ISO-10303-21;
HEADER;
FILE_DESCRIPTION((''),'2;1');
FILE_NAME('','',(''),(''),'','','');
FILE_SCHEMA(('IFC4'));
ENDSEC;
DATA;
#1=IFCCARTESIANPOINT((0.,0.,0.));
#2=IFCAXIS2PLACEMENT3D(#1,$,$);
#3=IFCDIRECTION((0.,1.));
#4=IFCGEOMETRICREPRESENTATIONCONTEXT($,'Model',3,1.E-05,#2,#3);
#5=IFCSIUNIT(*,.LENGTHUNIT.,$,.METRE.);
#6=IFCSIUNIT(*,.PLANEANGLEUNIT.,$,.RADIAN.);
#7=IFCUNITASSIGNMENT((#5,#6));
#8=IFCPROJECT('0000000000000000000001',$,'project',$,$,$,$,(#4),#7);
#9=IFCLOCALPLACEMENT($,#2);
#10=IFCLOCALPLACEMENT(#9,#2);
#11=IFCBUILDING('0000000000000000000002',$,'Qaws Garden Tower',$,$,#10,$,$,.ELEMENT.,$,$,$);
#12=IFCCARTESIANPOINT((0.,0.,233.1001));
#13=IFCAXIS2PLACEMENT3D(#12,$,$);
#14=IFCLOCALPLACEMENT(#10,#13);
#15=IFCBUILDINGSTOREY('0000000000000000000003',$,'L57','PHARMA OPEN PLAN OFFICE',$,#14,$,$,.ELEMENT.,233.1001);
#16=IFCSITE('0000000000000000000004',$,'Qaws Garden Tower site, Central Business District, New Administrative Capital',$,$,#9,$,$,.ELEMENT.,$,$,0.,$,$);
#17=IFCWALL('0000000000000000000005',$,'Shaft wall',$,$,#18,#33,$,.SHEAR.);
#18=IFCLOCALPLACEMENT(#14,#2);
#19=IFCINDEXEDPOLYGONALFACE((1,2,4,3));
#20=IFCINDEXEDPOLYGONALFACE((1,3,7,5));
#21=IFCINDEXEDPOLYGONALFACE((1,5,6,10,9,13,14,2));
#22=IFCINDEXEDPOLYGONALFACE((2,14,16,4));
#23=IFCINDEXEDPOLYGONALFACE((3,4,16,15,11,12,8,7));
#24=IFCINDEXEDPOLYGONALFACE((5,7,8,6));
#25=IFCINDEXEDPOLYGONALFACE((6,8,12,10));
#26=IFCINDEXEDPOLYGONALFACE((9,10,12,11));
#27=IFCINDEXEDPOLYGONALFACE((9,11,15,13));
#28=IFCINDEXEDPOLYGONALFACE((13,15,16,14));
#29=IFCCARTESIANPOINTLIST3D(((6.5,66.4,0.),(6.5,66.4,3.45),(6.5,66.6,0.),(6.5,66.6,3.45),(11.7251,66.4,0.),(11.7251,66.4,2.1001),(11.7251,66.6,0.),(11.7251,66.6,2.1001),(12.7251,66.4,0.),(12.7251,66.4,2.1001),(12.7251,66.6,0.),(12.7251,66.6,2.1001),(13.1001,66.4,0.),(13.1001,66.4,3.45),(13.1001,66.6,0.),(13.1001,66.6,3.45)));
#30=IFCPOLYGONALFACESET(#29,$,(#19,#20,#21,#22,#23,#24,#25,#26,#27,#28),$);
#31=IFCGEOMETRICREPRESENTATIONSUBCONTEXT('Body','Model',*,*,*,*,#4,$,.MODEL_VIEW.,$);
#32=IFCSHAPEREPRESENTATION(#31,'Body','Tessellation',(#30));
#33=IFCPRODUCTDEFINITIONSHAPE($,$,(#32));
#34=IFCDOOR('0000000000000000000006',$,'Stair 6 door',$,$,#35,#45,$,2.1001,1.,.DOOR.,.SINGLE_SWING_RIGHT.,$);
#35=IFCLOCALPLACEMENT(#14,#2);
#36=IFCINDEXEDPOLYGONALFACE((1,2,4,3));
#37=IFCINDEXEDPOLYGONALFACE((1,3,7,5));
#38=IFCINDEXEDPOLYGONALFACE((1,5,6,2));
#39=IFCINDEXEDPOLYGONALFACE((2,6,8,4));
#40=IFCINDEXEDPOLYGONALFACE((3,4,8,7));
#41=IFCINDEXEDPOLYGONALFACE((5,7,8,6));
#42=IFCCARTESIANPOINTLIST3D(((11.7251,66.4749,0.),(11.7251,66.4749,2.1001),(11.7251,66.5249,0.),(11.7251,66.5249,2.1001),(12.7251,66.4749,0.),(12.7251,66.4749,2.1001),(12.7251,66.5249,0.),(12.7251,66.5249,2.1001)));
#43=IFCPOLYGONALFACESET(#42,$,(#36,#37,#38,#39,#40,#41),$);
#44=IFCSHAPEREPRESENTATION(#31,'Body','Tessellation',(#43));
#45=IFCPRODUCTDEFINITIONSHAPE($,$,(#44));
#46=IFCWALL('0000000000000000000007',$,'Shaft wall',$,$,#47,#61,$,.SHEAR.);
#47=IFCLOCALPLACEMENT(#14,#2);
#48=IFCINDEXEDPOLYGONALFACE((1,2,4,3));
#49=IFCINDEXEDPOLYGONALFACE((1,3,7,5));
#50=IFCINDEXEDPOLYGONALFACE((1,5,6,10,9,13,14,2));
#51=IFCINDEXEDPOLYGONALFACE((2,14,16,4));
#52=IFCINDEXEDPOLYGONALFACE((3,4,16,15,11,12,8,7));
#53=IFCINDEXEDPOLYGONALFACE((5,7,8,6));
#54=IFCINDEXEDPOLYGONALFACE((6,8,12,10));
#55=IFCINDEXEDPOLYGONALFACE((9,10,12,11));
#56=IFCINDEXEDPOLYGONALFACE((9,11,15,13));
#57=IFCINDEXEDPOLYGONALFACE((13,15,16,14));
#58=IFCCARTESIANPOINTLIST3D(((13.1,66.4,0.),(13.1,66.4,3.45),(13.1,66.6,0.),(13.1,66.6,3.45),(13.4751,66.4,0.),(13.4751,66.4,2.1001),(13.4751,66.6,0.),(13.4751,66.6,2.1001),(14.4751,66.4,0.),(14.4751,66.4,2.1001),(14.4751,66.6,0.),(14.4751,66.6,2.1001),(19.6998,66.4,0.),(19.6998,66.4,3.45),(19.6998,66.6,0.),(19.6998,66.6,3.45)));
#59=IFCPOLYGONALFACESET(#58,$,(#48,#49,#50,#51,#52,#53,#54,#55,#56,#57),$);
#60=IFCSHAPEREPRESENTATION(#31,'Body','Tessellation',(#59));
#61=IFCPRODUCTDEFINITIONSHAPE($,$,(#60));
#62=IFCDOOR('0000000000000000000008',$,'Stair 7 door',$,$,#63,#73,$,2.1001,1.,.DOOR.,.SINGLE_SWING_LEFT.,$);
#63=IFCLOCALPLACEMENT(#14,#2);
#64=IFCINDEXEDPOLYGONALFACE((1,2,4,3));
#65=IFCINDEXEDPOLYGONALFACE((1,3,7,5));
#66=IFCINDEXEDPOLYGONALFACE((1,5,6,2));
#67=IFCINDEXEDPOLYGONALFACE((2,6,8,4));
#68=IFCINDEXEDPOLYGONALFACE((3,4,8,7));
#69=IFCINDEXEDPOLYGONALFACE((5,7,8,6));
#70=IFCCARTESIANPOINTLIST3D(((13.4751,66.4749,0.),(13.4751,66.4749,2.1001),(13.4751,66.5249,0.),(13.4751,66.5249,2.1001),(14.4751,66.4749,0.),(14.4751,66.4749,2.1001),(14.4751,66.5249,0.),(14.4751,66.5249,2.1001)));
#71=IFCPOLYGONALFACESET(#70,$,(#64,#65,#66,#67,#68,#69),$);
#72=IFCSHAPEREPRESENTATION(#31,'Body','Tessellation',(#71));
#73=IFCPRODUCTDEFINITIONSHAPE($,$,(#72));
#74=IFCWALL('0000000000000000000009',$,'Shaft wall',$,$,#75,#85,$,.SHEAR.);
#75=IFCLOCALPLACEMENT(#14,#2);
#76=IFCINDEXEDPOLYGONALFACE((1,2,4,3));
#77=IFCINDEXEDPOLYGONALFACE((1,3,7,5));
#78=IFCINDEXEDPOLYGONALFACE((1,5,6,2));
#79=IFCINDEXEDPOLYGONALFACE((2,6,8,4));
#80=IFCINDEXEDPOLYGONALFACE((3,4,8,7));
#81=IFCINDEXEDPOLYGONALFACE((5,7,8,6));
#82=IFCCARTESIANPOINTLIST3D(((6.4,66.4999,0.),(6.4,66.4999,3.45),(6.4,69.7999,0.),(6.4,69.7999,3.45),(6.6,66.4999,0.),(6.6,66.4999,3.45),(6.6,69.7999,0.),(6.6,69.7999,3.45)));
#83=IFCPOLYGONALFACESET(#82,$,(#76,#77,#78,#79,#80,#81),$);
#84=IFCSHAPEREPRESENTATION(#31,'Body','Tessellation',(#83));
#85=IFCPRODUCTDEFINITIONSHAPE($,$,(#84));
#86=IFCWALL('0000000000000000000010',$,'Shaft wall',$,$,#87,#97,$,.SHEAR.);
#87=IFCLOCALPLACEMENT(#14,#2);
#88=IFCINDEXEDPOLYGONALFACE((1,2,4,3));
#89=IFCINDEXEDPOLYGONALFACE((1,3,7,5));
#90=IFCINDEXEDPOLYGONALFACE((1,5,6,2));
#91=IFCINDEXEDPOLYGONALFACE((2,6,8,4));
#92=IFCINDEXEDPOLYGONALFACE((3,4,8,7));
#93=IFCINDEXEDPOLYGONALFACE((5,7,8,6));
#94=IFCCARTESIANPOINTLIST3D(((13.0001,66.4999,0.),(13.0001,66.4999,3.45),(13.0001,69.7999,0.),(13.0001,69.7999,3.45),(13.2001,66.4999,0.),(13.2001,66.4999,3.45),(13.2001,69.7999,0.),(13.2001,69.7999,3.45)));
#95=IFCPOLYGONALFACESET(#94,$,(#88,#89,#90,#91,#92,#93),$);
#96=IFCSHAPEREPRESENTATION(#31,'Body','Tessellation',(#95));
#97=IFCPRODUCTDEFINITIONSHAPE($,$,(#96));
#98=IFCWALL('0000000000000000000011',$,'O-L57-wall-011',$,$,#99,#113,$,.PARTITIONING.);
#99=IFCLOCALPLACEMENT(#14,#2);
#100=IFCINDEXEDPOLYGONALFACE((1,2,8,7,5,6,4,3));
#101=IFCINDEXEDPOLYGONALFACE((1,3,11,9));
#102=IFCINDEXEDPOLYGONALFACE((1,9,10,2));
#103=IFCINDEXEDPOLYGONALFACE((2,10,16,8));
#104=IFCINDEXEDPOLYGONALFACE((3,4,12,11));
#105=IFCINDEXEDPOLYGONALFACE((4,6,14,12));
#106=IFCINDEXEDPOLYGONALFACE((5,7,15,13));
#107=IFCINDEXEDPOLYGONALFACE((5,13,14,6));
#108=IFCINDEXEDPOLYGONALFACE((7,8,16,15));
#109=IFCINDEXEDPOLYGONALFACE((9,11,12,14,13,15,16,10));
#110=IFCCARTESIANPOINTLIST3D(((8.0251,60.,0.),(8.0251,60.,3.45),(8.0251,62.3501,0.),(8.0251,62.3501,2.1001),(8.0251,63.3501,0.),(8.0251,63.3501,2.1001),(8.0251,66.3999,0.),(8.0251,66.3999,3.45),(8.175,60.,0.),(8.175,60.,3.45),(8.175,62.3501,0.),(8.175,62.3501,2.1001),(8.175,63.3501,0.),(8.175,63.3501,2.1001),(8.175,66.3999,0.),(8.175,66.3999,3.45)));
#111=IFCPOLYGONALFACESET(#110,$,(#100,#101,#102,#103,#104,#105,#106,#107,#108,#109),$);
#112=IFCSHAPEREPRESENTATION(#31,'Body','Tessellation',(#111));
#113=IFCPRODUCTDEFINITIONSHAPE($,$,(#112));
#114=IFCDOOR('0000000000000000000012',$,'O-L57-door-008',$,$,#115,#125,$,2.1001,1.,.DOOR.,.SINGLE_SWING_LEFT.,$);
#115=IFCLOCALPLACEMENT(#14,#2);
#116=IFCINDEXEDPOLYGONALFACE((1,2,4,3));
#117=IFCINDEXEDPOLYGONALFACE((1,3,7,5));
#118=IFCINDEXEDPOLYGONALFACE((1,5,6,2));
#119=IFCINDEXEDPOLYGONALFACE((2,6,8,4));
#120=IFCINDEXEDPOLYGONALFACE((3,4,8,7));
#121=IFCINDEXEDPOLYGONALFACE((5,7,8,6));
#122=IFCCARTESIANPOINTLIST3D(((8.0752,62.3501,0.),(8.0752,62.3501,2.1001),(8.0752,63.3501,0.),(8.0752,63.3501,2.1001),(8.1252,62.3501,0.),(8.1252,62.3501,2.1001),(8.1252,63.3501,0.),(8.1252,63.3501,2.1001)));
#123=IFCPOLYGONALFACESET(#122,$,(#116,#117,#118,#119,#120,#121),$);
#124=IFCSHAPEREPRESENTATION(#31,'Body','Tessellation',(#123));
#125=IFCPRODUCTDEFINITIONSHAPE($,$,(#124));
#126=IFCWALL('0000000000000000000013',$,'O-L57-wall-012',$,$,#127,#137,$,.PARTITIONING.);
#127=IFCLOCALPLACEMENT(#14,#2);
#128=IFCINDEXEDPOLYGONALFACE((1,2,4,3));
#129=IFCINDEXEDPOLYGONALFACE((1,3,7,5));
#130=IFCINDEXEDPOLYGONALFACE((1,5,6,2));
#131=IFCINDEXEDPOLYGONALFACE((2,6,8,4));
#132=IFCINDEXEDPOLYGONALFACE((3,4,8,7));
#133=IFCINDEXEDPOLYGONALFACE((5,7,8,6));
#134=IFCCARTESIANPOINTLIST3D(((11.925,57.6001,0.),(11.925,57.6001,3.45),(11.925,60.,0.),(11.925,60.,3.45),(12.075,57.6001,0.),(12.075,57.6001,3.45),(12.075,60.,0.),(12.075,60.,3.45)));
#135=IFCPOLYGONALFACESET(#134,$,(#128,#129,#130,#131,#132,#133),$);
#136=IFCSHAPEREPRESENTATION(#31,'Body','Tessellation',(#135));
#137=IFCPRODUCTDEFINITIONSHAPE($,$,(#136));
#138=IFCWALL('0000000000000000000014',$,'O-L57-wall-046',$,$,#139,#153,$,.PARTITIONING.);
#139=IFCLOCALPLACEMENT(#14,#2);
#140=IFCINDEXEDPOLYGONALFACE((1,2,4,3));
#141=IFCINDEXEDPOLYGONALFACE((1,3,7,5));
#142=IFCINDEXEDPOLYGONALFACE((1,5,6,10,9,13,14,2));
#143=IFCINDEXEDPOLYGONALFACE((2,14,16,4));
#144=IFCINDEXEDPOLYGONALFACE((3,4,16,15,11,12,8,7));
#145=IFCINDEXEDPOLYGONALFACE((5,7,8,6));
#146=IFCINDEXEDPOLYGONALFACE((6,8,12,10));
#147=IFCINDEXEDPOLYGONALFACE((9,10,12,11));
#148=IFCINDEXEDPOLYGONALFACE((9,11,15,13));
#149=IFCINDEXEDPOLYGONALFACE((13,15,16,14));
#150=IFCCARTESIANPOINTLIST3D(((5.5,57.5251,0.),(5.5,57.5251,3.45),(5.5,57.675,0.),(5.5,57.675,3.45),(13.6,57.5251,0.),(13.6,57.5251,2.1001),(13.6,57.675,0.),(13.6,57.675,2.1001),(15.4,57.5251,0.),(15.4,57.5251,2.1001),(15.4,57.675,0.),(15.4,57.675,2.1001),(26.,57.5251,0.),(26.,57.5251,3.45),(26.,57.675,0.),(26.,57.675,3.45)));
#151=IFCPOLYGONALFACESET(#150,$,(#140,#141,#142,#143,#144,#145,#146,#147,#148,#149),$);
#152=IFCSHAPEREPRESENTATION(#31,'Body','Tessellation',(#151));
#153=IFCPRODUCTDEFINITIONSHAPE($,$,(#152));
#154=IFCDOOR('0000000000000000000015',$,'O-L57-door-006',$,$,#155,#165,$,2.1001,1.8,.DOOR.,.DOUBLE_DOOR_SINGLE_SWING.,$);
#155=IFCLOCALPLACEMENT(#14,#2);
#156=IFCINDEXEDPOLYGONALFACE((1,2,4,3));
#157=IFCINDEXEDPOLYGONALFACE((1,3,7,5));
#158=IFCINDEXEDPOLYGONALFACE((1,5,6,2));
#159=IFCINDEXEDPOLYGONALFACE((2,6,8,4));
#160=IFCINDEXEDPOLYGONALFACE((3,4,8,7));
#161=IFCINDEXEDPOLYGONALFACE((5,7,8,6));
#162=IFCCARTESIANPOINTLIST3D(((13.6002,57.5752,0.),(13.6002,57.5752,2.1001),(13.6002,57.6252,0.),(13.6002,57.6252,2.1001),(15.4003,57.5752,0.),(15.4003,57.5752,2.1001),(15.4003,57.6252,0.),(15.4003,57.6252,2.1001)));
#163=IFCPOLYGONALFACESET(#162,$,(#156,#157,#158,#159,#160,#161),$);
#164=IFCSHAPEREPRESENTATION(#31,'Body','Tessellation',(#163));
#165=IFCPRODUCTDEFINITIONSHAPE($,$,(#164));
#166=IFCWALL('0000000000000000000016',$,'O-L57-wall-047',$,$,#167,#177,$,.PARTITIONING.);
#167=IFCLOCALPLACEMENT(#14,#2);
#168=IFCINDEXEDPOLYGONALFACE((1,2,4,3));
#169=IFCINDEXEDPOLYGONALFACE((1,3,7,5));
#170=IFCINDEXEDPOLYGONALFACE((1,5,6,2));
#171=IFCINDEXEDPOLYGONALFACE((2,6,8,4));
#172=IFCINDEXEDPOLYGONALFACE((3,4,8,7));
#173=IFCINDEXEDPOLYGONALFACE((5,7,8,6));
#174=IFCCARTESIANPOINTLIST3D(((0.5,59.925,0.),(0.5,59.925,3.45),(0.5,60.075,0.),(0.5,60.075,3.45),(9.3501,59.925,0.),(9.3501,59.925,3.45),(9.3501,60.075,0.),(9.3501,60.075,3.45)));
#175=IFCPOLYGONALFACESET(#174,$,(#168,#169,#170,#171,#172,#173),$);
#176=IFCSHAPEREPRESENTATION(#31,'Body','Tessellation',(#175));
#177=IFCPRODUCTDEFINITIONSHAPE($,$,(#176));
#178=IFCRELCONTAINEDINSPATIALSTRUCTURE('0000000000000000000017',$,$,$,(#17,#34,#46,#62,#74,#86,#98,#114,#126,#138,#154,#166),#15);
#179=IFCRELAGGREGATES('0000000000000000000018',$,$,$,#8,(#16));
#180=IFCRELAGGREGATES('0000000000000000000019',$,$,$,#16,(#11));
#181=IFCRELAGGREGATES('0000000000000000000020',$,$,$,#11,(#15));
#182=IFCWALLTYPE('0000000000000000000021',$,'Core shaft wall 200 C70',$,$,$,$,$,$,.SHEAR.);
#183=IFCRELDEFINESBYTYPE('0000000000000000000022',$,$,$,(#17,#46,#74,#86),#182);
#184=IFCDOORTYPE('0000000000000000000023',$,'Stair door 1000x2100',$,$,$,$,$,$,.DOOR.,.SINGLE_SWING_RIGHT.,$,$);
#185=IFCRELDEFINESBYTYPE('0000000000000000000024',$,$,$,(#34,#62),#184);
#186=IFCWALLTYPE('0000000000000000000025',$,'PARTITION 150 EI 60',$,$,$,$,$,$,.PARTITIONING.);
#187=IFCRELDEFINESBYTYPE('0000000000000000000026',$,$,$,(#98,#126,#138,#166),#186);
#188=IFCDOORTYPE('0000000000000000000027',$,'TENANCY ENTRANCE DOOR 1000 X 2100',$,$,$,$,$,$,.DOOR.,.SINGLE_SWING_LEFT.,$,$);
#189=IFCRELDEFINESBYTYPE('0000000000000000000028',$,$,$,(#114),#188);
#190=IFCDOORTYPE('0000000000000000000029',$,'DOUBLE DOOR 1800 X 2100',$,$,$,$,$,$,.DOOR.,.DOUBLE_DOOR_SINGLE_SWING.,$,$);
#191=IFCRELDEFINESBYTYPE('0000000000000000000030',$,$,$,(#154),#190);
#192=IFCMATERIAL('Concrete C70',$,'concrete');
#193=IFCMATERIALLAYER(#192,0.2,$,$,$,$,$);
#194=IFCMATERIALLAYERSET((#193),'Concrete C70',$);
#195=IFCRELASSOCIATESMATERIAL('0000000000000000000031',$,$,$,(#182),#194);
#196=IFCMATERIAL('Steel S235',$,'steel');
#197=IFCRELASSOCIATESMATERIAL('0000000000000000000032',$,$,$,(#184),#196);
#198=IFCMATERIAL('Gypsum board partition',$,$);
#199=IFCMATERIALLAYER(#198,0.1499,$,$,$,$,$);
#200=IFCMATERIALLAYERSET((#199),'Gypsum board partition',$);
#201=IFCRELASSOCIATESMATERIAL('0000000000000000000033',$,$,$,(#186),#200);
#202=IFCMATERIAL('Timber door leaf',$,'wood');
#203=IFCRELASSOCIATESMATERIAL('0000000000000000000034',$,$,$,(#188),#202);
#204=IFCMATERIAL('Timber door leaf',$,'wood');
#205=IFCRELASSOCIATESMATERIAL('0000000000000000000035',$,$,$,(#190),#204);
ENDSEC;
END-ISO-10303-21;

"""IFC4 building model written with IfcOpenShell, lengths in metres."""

from ifc_helpers import new_model, si_unit, direction, frame, frame_2d, origin, place, context, subcontext, project, spatial, rectangle, extrude, material, layer, layer_set, type_object, element, fill, save


model = new_model("IFC4")

# Units and contexts
model_context = context("Model", 3, precision=1e-05, world=origin(), true_north=direction((0.0, 1.0)))
body_context = subcontext(model_context, "Body", "Model", "MODEL_VIEW")
ifc_project = project(units=[si_unit("LENGTHUNIT", "METRE"), si_unit("PLANEANGLEUNIT", "RADIAN")], contexts=[model_context])

# Site, building, storey
site_placement = place(None, origin())
site = spatial("IfcSite", under=ifc_project, at=site_placement, Name="Qaws Garden Tower site, Central Business District, New Administrative Capital", CompositionType="ELEMENT", RefElevation=0.0)
building_placement = place(site_placement, origin())
building = spatial("IfcBuilding", under=site, at=building_placement, Name="Qaws Garden Tower", CompositionType="ELEMENT")
storey_placement = place(building_placement, frame((0.0, 0.0, 233.1001)))
storey = spatial("IfcBuildingStorey", under=building, at=storey_placement, Name="L57", Description="PHARMA OPEN PLAN OFFICE", CompositionType="ELEMENT", Elevation=233.1001)

# Walls, openings, doors
ifc_material_1 = material(Name="Concrete C70", Category="concrete")
ifc_layer_1 = layer(ifc_material_1, 0.2)
ifc_layer_set_1 = layer_set([ifc_layer_1], Name="Concrete C70")
wall_type_1 = type_object("IfcWallType", Name="Core shaft wall 200 C70", PredefinedType="SHEAR", material=ifc_layer_set_1)
wall_1_placement = place(storey_placement, frame((6.5, 66.5, 0.0), z_axis=(0.0, 0.0, 1.0), x_axis=(1.0, 0.0, 0.0)))
wall_1 = element("IfcWall", 1, at=wall_1_placement, inside=storey, type_object=wall_type_1, Name="Shaft wall", PredefinedType="SHEAR", context=body_context, shape_type="SweptSolid", body=[
    extrude(rectangle(XDim=6.6001, YDim=0.2, at=frame_2d((3.3, 0.0))), origin(), (0.0, 0.0, 1.0), 3.45),
])
opening_1_placement = place(wall_1_placement, frame((5.2251, 0.0, 0.0)))
opening_1 = element("IfcOpeningElement", 2, at=opening_1_placement, cuts=wall_1, PredefinedType="OPENING", context=body_context, shape_type="SweptSolid", body=[
    extrude(rectangle(XDim=1.0, YDim=2.1001, at=frame_2d((0.5, 1.05))), frame((0.0, 0.1099, 0.0), z_axis=(0.0, -1.0, 0.0), x_axis=(1.0, 0.0, 0.0)), (0.0, 0.0, 1.0), 0.22),
])
ifc_material_2 = material(Name="Steel S235", Category="steel")
door_type_1 = type_object("IfcDoorType", Name="Stair door 1000x2100", OperationType="SINGLE_SWING_RIGHT", PredefinedType="DOOR", material=ifc_material_2)
door_1_placement = place(opening_1_placement, origin())
door_1 = element("IfcDoor", 3, at=door_1_placement, inside=storey, type_object=door_type_1, Name="Stair 6 door", OperationType="SINGLE_SWING_RIGHT", OverallHeight=2.1001, OverallWidth=1.0, PredefinedType="DOOR", context=body_context, shape_type="SweptSolid", body=[
    extrude(rectangle(XDim=1.0, YDim=2.1001, at=frame_2d((0.5, 1.05))), frame((0.0, 0.0249, 0.0), z_axis=(0.0, -1.0, 0.0), x_axis=(1.0, 0.0, 0.0)), (0.0, 0.0, 1.0), 0.05),
])
fill(opening_1, door_1)
wall_2_placement = place(storey_placement, frame((13.1001, 66.5, 0.0), z_axis=(0.0, 0.0, 1.0), x_axis=(1.0, 0.0, 0.0)))
wall_2 = element("IfcWall", 4, at=wall_2_placement, inside=storey, type_object=wall_type_1, Name="Shaft wall", PredefinedType="SHEAR", context=body_context, shape_type="SweptSolid", body=[
    extrude(rectangle(XDim=6.5999, YDim=0.2, at=frame_2d((3.2998, 0.0))), origin(), (0.0, 0.0, 1.0), 3.45),
])
opening_2_placement = place(wall_2_placement, frame((0.375, 0.0, 0.0)))
opening_2 = element("IfcOpeningElement", 5, at=opening_2_placement, cuts=wall_2, PredefinedType="OPENING", context=body_context, shape_type="SweptSolid", body=[
    extrude(rectangle(XDim=1.0, YDim=2.1001, at=frame_2d((0.5, 1.05))), frame((0.0, 0.1099, 0.0), z_axis=(0.0, -1.0, 0.0), x_axis=(1.0, 0.0, 0.0)), (0.0, 0.0, 1.0), 0.22),
])
door_2_placement = place(opening_2_placement, origin())
door_2 = element("IfcDoor", 6, at=door_2_placement, inside=storey, type_object=door_type_1, Name="Stair 7 door", OperationType="SINGLE_SWING_LEFT", OverallHeight=2.1001, OverallWidth=1.0, PredefinedType="DOOR", context=body_context, shape_type="SweptSolid", body=[
    extrude(rectangle(XDim=1.0, YDim=2.1001, at=frame_2d((0.5, 1.05))), frame((0.0, 0.0249, 0.0), z_axis=(0.0, -1.0, 0.0), x_axis=(1.0, 0.0, 0.0)), (0.0, 0.0, 1.0), 0.05),
])
fill(opening_2, door_2)

# Walls
for number, where, z_axis, x_axis, name in (
    (7, (6.5, 66.5, 0.0), (0.0, 0.0, 1.0), (0.0, 1.0, 0.0), "Shaft wall"),
    (8, (13.1001, 66.5, 0.0), (0.0, 0.0, 1.0), (0.0, 1.0, 0.0), "Shaft wall"),
):
    element("IfcWall", number, at=place(storey_placement, frame(where, z_axis=z_axis, x_axis=x_axis)), inside=storey, type_object=wall_type_1, Name=name, PredefinedType="SHEAR", context=body_context, shape_type="SweptSolid", body=[
        extrude(rectangle(XDim=3.3, YDim=0.2, at=frame_2d((1.6499, 0.0))), origin(), (0.0, 0.0, 1.0), 3.45),
    ])

# Wall, opening, door
ifc_material_3 = material(Name="Gypsum board partition")
ifc_layer_2 = layer(ifc_material_3, 0.1499)
ifc_layer_set_2 = layer_set([ifc_layer_2], Name="Gypsum board partition")
wall_type_2 = type_object("IfcWallType", Name="PARTITION 150 EI 60", PredefinedType="PARTITIONING", material=ifc_layer_set_2)
wall_3_placement = place(storey_placement, frame((8.1001, 60.0, 0.0), z_axis=(0.0, 0.0, 1.0), x_axis=(0.0, 1.0, 0.0)))
wall_3 = element("IfcWall", 9, at=wall_3_placement, inside=storey, type_object=wall_type_2, Name="O-L57-wall-011", PredefinedType="PARTITIONING", context=body_context, shape_type="SweptSolid", body=[
    extrude(rectangle(XDim=6.3999, YDim=0.1499, at=frame_2d((3.2, 0.0))), origin(), (0.0, 0.0, 1.0), 3.45),
])
opening_3_placement = place(wall_3_placement, frame((2.3501, 0.0, 0.0)))
opening_3 = element("IfcOpeningElement", 10, at=opening_3_placement, cuts=wall_3, PredefinedType="OPENING", context=body_context, shape_type="SweptSolid", body=[
    extrude(rectangle(XDim=1.0, YDim=2.1001, at=frame_2d((0.5, 1.05))), frame((0.0, 0.085, 0.0), z_axis=(0.0, -1.0, 0.0), x_axis=(1.0, 0.0, 0.0)), (0.0, 0.0, 1.0), 0.1699),
])
ifc_material_4 = material(Name="Timber door leaf", Category="wood")
door_type_2 = type_object("IfcDoorType", Name="TENANCY ENTRANCE DOOR 1000 X 2100", OperationType="SINGLE_SWING_LEFT", PredefinedType="DOOR", material=ifc_material_4)
door_3_placement = place(opening_3_placement, origin())
door_3 = element("IfcDoor", 11, at=door_3_placement, inside=storey, type_object=door_type_2, Name="O-L57-door-008", OperationType="SINGLE_SWING_LEFT", OverallHeight=2.1001, OverallWidth=1.0, PredefinedType="DOOR", context=body_context, shape_type="SweptSolid", body=[
    extrude(rectangle(XDim=1.0, YDim=2.1001, at=frame_2d((0.5, 1.05))), frame((0.0, 0.0249, 0.0), z_axis=(0.0, -1.0, 0.0), x_axis=(1.0, 0.0, 0.0)), (0.0, 0.0, 1.0), 0.05),
])
fill(opening_3, door_3)

# Wall
wall_4_placement = place(storey_placement, frame((12.0, 57.6001, 0.0), z_axis=(0.0, 0.0, 1.0), x_axis=(0.0, 1.0, 0.0)))
element("IfcWall", 12, at=wall_4_placement, inside=storey, type_object=wall_type_2, Name="O-L57-wall-012", PredefinedType="PARTITIONING", context=body_context, shape_type="SweptSolid", body=[
    extrude(rectangle(XDim=2.3999, YDim=0.1499, at=frame_2d((1.2, 0.0))), origin(), (0.0, 0.0, 1.0), 3.45),
])

# Wall, opening, door
wall_5_placement = place(storey_placement, frame((5.5, 57.6001, 0.0), z_axis=(0.0, 0.0, 1.0), x_axis=(1.0, 0.0, 0.0)))
wall_5 = element("IfcWall", 13, at=wall_5_placement, inside=storey, type_object=wall_type_2, Name="O-L57-wall-046", PredefinedType="PARTITIONING", context=body_context, shape_type="SweptSolid", body=[
    extrude(rectangle(XDim=20.5, YDim=0.1499, at=frame_2d((10.25, 0.0))), origin(), (0.0, 0.0, 1.0), 3.45),
])
opening_4_placement = place(wall_5_placement, frame((8.1001, 0.0, 0.0)))
opening_4 = element("IfcOpeningElement", 14, at=opening_4_placement, cuts=wall_5, PredefinedType="OPENING", context=body_context, shape_type="SweptSolid", body=[
    extrude(rectangle(XDim=1.8, YDim=2.1001, at=frame_2d((0.8999, 1.05))), frame((0.0, 0.085, 0.0), z_axis=(0.0, -1.0, 0.0), x_axis=(1.0, 0.0, 0.0)), (0.0, 0.0, 1.0), 0.1699),
])
ifc_material_5 = material(Name="Timber door leaf", Category="wood")
door_type_3 = type_object("IfcDoorType", Name="DOUBLE DOOR 1800 X 2100", OperationType="DOUBLE_DOOR_SINGLE_SWING", PredefinedType="DOOR", material=ifc_material_5)
door_4_placement = place(opening_4_placement, frame((1.8, 0.0, 0.0), z_axis=(0.0, 0.0, 1.0), x_axis=(-1.0, 0.0, 0.0)))
door_4 = element("IfcDoor", 15, at=door_4_placement, inside=storey, type_object=door_type_3, Name="O-L57-door-006", OperationType="DOUBLE_DOOR_SINGLE_SWING", OverallHeight=2.1001, OverallWidth=1.8, PredefinedType="DOOR", context=body_context, shape_type="SweptSolid", body=[
    extrude(rectangle(XDim=1.8, YDim=2.1001, at=frame_2d((0.8999, 1.05))), frame((0.0, 0.0249, 0.0), z_axis=(0.0, -1.0, 0.0), x_axis=(1.0, 0.0, 0.0)), (0.0, 0.0, 1.0), 0.05),
])
fill(opening_4, door_4)

# Wall
wall_6_placement = place(storey_placement, frame((0.5, 60.0, 0.0), z_axis=(0.0, 0.0, 1.0), x_axis=(1.0, 0.0, 0.0)))
element("IfcWall", 16, at=wall_6_placement, inside=storey, type_object=wall_type_2, Name="O-L57-wall-047", PredefinedType="PARTITIONING", context=body_context, shape_type="SweptSolid", body=[
    extrude(rectangle(XDim=8.8501, YDim=0.1499, at=frame_2d((4.425, 0.0))), origin(), (0.0, 0.0, 1.0), 3.45),
])

save(model, "model.ifc")
